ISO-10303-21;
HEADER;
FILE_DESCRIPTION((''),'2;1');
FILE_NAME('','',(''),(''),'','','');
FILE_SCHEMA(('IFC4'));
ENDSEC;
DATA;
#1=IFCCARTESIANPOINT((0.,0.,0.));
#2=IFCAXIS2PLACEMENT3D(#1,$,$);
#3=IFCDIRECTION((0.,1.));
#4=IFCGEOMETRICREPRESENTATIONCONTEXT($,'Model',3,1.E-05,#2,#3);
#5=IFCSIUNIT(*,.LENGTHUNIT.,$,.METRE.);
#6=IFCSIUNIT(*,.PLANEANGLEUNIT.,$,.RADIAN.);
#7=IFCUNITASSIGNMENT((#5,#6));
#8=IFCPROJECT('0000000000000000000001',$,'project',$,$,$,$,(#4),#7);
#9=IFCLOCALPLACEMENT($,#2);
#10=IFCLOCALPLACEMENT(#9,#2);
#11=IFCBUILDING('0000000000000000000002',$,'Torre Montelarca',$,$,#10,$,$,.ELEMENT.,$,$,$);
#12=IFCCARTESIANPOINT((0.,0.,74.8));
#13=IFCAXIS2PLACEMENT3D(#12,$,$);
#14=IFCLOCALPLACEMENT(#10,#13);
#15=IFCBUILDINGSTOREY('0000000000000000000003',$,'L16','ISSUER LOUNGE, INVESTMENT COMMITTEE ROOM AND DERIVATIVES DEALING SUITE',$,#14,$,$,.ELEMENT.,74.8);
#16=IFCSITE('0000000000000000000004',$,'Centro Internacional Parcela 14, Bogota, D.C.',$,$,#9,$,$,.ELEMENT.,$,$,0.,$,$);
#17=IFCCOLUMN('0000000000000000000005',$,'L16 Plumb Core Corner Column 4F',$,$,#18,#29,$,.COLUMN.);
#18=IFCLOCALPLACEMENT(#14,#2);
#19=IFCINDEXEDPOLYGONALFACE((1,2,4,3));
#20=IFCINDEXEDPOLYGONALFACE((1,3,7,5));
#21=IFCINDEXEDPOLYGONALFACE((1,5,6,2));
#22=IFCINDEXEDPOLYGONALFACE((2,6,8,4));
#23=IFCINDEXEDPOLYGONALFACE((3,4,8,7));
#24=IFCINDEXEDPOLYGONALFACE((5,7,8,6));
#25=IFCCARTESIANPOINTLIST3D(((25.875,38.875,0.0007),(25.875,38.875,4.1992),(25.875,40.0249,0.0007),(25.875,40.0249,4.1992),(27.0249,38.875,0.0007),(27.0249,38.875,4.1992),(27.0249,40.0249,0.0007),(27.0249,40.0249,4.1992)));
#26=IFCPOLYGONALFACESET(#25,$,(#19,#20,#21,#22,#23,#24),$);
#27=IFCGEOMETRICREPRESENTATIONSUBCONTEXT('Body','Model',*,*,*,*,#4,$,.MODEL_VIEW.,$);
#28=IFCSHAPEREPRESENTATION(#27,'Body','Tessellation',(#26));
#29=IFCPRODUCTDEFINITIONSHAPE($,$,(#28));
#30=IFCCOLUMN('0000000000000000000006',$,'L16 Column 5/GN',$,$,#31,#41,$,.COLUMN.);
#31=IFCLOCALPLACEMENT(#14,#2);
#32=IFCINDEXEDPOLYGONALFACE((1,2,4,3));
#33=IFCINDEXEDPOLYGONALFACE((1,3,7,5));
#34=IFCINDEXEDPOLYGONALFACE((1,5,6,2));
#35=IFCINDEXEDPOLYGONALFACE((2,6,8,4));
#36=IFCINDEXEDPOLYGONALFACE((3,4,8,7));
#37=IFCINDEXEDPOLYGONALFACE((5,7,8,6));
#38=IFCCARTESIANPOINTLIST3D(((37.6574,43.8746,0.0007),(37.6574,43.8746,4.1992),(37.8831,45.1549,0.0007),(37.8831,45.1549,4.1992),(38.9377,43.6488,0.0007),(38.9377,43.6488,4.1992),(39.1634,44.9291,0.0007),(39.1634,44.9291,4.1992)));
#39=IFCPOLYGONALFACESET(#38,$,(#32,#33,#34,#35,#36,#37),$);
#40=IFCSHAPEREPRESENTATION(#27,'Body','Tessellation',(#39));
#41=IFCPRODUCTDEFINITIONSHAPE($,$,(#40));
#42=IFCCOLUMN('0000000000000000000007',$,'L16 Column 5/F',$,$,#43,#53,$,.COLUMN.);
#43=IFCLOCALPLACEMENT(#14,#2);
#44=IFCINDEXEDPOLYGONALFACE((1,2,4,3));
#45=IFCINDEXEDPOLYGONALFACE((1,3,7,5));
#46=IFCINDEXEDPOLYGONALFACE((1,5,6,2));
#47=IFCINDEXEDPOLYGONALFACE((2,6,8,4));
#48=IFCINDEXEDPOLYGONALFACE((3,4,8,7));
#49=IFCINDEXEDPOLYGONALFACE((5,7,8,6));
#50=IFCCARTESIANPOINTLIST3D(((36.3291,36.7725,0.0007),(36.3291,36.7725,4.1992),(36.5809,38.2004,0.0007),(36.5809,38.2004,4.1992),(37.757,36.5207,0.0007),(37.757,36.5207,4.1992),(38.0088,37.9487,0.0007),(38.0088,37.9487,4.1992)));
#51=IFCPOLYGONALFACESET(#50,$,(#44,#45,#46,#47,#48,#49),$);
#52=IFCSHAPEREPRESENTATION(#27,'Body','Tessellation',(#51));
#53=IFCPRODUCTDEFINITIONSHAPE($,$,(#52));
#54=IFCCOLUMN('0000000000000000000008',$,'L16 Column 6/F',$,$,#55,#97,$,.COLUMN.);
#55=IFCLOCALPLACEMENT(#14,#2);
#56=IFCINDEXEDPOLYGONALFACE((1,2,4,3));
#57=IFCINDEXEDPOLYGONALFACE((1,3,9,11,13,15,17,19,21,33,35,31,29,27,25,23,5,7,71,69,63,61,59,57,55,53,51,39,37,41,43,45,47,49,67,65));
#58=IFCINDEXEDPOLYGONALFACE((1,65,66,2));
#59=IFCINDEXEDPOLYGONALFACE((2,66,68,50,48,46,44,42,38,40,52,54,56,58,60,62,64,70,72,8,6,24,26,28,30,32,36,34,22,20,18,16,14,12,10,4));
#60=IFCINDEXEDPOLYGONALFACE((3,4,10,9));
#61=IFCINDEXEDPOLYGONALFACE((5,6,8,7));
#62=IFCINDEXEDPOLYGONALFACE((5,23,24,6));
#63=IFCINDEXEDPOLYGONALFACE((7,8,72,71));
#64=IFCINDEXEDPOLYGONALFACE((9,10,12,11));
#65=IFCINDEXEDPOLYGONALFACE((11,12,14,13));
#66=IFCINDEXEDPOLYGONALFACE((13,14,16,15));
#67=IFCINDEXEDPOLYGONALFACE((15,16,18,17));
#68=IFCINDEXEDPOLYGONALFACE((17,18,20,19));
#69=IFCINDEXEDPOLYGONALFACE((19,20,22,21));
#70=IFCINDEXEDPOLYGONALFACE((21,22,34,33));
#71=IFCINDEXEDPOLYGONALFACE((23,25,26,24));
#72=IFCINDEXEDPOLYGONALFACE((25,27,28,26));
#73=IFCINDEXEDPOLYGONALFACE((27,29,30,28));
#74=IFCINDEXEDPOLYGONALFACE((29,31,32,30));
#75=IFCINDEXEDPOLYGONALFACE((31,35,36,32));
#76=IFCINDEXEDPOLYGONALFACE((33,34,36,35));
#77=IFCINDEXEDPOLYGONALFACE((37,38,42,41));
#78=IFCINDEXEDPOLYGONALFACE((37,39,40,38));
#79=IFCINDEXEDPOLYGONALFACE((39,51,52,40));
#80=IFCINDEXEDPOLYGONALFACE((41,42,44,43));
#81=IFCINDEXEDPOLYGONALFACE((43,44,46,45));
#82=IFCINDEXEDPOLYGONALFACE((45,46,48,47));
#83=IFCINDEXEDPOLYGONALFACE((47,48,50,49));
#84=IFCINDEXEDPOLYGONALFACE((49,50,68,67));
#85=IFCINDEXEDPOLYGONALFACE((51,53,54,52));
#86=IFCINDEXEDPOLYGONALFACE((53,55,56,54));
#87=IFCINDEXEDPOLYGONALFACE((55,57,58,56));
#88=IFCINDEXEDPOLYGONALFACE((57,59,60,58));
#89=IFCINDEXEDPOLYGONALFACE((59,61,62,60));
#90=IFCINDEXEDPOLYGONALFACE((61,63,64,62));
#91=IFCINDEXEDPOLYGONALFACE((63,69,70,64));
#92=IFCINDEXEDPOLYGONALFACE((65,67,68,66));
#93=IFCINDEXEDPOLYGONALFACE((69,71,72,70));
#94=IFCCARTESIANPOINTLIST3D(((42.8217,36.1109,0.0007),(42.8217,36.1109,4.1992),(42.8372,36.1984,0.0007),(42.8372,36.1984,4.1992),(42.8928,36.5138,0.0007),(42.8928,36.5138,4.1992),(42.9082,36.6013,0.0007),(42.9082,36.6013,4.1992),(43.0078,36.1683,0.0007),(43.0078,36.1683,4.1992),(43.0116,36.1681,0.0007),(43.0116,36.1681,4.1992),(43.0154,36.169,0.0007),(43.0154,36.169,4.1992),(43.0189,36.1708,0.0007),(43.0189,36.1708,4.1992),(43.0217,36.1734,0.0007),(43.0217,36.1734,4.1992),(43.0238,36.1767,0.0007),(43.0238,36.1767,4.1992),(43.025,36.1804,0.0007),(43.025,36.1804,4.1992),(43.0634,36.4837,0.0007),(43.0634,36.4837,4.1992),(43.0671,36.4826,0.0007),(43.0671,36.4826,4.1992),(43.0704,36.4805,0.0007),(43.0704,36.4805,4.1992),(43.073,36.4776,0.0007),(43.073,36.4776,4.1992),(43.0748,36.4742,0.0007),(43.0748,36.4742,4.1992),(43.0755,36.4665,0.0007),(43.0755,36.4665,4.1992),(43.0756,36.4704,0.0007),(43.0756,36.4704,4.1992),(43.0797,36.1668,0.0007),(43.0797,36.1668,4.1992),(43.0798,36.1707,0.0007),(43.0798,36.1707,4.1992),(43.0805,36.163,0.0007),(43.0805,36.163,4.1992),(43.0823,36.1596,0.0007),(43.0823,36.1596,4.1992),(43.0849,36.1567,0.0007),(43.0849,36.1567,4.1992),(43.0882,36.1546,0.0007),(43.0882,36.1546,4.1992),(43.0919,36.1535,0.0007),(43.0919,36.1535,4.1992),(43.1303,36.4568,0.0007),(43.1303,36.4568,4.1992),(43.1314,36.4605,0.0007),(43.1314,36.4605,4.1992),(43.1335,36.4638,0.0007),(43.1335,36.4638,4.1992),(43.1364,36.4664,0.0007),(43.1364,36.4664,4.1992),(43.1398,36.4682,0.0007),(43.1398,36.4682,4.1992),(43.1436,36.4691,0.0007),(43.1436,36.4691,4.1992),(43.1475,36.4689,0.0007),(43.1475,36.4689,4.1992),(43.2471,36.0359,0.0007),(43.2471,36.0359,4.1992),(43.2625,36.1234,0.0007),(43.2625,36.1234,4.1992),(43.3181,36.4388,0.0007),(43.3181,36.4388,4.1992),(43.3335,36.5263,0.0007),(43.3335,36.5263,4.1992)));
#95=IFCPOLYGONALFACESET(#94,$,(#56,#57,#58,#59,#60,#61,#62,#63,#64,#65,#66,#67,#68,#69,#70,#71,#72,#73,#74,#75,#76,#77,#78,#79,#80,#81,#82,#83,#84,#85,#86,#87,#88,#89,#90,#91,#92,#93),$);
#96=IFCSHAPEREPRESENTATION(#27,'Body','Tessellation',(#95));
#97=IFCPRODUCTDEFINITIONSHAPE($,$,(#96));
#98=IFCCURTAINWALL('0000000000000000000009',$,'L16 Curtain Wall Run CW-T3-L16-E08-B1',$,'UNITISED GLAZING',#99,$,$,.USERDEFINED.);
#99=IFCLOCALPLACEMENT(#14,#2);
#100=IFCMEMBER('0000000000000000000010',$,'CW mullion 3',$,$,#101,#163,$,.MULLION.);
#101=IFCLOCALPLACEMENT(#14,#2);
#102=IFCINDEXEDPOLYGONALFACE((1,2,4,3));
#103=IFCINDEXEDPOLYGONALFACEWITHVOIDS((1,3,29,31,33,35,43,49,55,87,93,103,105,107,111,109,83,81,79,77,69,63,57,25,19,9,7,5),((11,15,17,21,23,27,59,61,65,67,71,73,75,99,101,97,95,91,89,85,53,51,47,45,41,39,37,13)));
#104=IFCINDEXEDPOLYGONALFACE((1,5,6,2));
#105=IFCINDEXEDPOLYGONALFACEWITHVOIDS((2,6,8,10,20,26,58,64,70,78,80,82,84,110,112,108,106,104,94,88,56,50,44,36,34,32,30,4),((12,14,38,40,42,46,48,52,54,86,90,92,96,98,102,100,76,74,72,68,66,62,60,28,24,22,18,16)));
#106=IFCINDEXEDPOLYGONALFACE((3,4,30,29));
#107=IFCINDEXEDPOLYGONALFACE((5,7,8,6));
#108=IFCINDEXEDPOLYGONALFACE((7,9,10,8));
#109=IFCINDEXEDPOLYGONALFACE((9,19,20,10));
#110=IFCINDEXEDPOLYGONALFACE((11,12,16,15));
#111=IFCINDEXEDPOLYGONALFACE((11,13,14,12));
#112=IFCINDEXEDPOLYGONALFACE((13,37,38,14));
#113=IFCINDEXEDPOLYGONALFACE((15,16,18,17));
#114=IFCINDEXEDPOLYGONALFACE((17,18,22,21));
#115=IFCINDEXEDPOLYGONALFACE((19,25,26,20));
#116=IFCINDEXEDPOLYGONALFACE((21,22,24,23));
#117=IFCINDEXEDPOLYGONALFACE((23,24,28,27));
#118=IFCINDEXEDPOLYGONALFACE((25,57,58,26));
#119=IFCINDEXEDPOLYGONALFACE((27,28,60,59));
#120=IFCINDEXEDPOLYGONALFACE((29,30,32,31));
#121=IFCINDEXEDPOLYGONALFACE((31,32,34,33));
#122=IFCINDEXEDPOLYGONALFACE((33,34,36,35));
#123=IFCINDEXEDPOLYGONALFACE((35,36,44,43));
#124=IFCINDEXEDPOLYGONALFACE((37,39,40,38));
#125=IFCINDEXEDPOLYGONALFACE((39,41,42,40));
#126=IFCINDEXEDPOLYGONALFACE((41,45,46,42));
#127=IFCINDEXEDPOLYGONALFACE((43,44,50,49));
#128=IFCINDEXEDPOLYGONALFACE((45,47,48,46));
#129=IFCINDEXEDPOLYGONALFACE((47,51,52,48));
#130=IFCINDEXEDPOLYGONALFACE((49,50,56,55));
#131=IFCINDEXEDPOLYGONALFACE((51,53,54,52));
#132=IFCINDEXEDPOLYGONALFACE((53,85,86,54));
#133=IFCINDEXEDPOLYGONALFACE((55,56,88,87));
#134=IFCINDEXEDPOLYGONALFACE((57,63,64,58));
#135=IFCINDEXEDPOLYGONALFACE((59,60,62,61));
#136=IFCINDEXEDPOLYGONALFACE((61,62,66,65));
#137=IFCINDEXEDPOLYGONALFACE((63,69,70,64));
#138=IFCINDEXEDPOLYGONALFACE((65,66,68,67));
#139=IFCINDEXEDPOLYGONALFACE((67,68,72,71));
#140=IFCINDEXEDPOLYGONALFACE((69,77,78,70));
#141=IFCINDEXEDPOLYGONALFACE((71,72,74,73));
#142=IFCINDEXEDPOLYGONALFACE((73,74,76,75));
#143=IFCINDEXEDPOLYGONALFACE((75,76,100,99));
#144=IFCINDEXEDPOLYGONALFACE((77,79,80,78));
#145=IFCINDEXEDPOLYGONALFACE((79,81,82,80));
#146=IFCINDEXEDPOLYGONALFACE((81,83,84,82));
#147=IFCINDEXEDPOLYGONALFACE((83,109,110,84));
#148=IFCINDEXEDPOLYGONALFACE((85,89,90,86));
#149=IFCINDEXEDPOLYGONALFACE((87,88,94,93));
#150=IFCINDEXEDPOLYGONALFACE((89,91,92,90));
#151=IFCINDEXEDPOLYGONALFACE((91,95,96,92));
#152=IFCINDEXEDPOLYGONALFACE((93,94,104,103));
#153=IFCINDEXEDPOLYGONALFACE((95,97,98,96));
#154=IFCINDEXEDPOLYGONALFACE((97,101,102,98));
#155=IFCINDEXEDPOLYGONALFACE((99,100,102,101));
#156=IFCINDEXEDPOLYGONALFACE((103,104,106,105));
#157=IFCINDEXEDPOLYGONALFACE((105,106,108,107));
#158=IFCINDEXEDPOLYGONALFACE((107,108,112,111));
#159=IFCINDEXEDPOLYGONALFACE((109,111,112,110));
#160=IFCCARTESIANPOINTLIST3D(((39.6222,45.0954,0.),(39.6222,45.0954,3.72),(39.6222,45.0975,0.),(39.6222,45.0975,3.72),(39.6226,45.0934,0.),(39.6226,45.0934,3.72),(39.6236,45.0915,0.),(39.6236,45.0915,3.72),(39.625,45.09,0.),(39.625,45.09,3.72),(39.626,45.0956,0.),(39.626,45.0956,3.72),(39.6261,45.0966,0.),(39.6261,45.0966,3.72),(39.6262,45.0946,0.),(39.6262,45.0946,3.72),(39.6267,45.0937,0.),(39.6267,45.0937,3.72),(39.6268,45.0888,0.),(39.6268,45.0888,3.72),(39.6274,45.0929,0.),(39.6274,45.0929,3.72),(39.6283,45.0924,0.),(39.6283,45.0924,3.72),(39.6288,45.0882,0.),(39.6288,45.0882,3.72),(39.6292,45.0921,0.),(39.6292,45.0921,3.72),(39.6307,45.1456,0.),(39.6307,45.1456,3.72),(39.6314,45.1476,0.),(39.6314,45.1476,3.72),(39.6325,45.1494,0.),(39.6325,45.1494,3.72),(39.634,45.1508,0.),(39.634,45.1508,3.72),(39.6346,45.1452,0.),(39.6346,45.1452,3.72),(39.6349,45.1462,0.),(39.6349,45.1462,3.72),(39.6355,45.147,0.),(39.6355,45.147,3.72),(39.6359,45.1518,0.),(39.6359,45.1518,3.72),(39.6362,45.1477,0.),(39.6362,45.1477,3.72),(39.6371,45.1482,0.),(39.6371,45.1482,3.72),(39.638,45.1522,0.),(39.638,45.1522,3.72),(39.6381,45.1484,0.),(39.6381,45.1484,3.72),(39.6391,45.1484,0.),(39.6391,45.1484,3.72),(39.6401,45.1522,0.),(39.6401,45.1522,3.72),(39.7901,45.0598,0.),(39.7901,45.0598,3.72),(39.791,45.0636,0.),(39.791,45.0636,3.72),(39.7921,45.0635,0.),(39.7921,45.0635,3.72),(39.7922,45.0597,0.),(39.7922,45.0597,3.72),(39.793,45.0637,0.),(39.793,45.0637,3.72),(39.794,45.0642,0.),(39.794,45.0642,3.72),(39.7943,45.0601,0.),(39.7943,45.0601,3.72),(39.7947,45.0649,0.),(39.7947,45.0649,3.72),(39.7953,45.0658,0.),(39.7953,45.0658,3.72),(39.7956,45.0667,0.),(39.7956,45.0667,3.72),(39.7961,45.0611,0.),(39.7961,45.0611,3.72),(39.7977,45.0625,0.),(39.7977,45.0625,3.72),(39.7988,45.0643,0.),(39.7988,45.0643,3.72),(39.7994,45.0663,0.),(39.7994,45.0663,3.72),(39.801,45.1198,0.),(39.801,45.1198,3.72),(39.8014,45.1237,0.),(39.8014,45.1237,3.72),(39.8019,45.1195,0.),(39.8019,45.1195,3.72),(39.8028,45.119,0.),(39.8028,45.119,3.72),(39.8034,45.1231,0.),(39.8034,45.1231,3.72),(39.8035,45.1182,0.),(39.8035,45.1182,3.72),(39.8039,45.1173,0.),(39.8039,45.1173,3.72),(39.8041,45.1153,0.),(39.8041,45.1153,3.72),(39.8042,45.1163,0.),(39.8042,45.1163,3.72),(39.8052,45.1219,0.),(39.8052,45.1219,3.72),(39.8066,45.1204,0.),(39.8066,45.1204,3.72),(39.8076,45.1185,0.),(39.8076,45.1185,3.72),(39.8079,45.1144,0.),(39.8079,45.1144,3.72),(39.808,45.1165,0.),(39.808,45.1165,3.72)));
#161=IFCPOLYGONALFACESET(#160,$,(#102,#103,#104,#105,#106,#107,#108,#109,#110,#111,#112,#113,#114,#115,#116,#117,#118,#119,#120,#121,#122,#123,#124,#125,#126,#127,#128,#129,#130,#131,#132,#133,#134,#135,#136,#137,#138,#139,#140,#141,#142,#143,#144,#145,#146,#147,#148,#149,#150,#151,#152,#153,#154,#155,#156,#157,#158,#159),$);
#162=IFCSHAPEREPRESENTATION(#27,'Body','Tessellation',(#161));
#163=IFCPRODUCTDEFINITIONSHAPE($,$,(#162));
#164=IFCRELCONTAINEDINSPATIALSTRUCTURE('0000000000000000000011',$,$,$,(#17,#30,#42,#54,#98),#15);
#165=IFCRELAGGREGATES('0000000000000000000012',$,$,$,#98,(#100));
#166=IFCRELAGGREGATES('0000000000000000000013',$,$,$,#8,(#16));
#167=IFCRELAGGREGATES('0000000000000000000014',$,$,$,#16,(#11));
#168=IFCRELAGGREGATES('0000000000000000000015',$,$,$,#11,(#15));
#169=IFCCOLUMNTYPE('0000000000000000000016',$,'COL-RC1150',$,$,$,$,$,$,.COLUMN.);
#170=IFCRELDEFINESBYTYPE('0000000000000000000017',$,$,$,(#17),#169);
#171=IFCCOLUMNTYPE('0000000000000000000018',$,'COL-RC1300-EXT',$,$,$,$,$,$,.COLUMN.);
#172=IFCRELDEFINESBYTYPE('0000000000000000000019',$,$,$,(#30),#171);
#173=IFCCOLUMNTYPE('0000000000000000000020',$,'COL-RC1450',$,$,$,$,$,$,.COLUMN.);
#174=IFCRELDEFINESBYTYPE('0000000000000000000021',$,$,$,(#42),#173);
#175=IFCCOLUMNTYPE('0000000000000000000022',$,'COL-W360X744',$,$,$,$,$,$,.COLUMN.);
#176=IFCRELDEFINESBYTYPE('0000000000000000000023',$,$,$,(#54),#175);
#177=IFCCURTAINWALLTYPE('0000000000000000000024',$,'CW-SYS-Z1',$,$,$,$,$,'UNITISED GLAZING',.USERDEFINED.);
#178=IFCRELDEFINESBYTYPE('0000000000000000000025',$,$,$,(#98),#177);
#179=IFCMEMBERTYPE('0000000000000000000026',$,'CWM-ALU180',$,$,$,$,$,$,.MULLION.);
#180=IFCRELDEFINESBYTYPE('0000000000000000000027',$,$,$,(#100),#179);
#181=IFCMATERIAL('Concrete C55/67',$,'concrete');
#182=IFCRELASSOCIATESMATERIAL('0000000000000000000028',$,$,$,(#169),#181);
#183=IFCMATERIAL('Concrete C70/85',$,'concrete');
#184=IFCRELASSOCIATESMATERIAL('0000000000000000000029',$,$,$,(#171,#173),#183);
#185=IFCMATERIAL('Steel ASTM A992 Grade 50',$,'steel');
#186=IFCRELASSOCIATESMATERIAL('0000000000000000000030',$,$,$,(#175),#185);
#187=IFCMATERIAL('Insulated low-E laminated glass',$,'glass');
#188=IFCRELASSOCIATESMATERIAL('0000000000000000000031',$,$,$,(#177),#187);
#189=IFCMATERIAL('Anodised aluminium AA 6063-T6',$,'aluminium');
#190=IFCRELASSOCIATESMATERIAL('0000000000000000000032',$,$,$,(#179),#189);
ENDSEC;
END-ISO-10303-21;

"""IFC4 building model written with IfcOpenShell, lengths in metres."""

from ifc_helpers import new_model, si_unit, direction, frame, origin, origin_2d, place, context, subcontext, project, spatial, rectangle, hollow_rectangle, i_section, extrude, source, transform, mapped, material, material_profile, profile_set, type_object, element, aggregate, save


model = new_model("IFC4")

# Units and contexts
model_context = context("Model", 3, precision=1e-05, world=origin(), true_north=direction((0.0, 1.0)))
body_context = subcontext(model_context, "Body", "Model", "MODEL_VIEW")
ifc_project = project(units=[si_unit("LENGTHUNIT", "METRE"), si_unit("PLANEANGLEUNIT", "RADIAN")], contexts=[model_context])

# Site, building, storey
site_placement = place(None, origin())
site = spatial("IfcSite", under=ifc_project, at=site_placement, Name="Centro Internacional Parcela 14, Bogota, D.C.", CompositionType="ELEMENT", RefElevation=0.0)
building_placement = place(site_placement, origin())
building = spatial("IfcBuilding", under=site, at=building_placement, Name="Torre Montelarca", CompositionType="ELEMENT")
storey_placement = place(building_placement, frame((0.0, 0.0, 74.8)))
storey = spatial("IfcBuildingStorey", under=building, at=storey_placement, Name="L16", Description="ISSUER LOUNGE, INVESTMENT COMMITTEE ROOM AND DERIVATIVES DEALING SUITE", CompositionType="ELEMENT", Elevation=74.8)

# Columns
ifc_material_1 = material(Name="Concrete C55/67", Category="concrete")
ifc_material_profile_1 = material_profile(ifc_material_1, rectangle(XDim=1.1499, YDim=1.1499, at=origin_2d()), Name="RC1150X1150", Category="concrete")
ifc_profile_set_1 = profile_set([ifc_material_profile_1], Name="Concrete C55/67")
column_type_1 = type_object("IfcColumnType", Name="COL-RC1150", PredefinedType="COLUMN", material=ifc_profile_set_1)
shared_shape_1 = source(origin(), body_context, "Body", "SweptSolid", [
    extrude(rectangle(XDim=1.1499, YDim=1.1499, at=origin_2d()), origin(), (0.0, 0.0, 1.0), 4.1985),
])
column_1_placement = place(storey_placement, frame((26.45, 39.45, 0.0007), z_axis=(0.0, 0.0, 1.0), x_axis=(1.0, 0.0, 0.0)))
element("IfcColumn", 1, at=column_1_placement, inside=storey, type_object=column_type_1, Name="L16 Plumb Core Corner Column 4F", PredefinedType="COLUMN", context=body_context, shape_type="MappedRepresentation", body=[
    mapped(shared_shape_1, transform((0.0, 0.0, 0.0), scale=1.0)),
])
ifc_material_2 = material(Name="Concrete C70/85", Category="concrete")
ifc_material_profile_2 = material_profile(ifc_material_2, rectangle(XDim=1.3, YDim=1.3, at=origin_2d()), Name="RC1300X1300", Category="concrete")
ifc_profile_set_2 = profile_set([ifc_material_profile_2], Name="Concrete C70/85")
column_type_2 = type_object("IfcColumnType", Name="COL-RC1300-EXT", PredefinedType="COLUMN", material=ifc_profile_set_2)
shared_shape_2 = source(origin(), body_context, "Body", "SweptSolid", [
    extrude(rectangle(XDim=1.3, YDim=1.3, at=origin_2d()), origin(), (0.0, 0.0, 1.0), 4.1985),
])
column_2_placement = place(storey_placement, frame((38.4104, 44.4019, 0.0007), z_axis=(0.0, 0.0, 1.0), x_axis=(-0.984808, 0.173648, 0.0)))
element("IfcColumn", 2, at=column_2_placement, inside=storey, type_object=column_type_2, Name="L16 Column 5/GN", PredefinedType="COLUMN", context=body_context, shape_type="MappedRepresentation", body=[
    mapped(shared_shape_2, transform((0.0, 0.0, 0.0), scale=1.0)),
])
ifc_material_profile_3 = material_profile(ifc_material_2, rectangle(XDim=1.45, YDim=1.45, at=origin_2d()), Name="RC1450X1450", Category="concrete")
ifc_profile_set_3 = profile_set([ifc_material_profile_3], Name="Concrete C70/85")
column_type_3 = type_object("IfcColumnType", Name="COL-RC1450", PredefinedType="COLUMN", material=ifc_profile_set_3)
shared_shape_3 = source(origin(), body_context, "Body", "SweptSolid", [
    extrude(rectangle(XDim=1.45, YDim=1.45, at=origin_2d()), origin(), (0.0, 0.0, 1.0), 4.1985),
])
column_3_placement = place(storey_placement, frame((37.1689, 37.3606, 0.0007), z_axis=(0.0, 0.0, 1.0), x_axis=(-0.984808, 0.173648, 0.0)))
element("IfcColumn", 3, at=column_3_placement, inside=storey, type_object=column_type_3, Name="L16 Column 5/F", PredefinedType="COLUMN", context=body_context, shape_type="MappedRepresentation", body=[
    mapped(shared_shape_3, transform((0.0, 0.0, 0.0), scale=1.0)),
])
ifc_material_3 = material(Name="Steel ASTM A992 Grade 50", Category="steel")
ifc_material_profile_4 = material_profile(ifc_material_3, i_section(OverallWidth=0.4319, OverallDepth=0.498, WebThickness=0.0557, FlangeThickness=0.0889, FilletRadius=0.0149, at=origin_2d()), Name="W360X744", Category="steel")
ifc_profile_set_4 = profile_set([ifc_material_profile_4], Name="Steel ASTM A992 Grade 50")
column_type_4 = type_object("IfcColumnType", Name="COL-W360X744", PredefinedType="COLUMN", material=ifc_profile_set_4)
shared_shape_4 = source(origin(), body_context, "Body", "SweptSolid", [
    extrude(i_section(OverallWidth=0.4319, OverallDepth=0.498, WebThickness=0.0557, FlangeThickness=0.0889, FilletRadius=0.0149, at=origin_2d()), origin(), (0.0, 0.0, 1.0), 4.1985),
])
column_4_placement = place(storey_placement, frame((43.0776, 36.3186, 0.0007), z_axis=(0.0, 0.0, 1.0), x_axis=(-0.984808, 0.173648, 0.0)))
element("IfcColumn", 4, at=column_4_placement, inside=storey, type_object=column_type_4, Name="L16 Column 6/F", PredefinedType="COLUMN", context=body_context, shape_type="MappedRepresentation", body=[
    mapped(shared_shape_4, transform((0.0, 0.0, 0.0), scale=1.0)),
])

# Curtain wall, member
ifc_material_4 = material(Name="Insulated low-E laminated glass", Category="glass")
curtain_wall_type = type_object("IfcCurtainWallType", Name="CW-SYS-Z1", ElementType="UNITISED GLAZING", PredefinedType="USERDEFINED", material=ifc_material_4)
curtain_wall_1_placement = place(storey_placement, origin())
curtain_wall_1 = element("IfcCurtainWall", 5, at=curtain_wall_1_placement, inside=storey, type_object=curtain_wall_type, Name="L16 Curtain Wall Run CW-T3-L16-E08-B1", ObjectType="UNITISED GLAZING", PredefinedType="USERDEFINED")
ifc_material_5 = material(Name="Anodised aluminium AA 6063-T6", Category="aluminium")
ifc_material_profile_5 = material_profile(ifc_material_5, hollow_rectangle(XDim=0.0649, YDim=0.1799, WallThickness=0.0039, InnerFilletRadius=0.0039, OuterFilletRadius=0.0081, at=origin_2d()), Name="ALU65X180X4", Category="aluminium")
ifc_profile_set_5 = profile_set([ifc_material_profile_5], Name="Anodised aluminium AA 6063-T6")
member_type = type_object("IfcMemberType", Name="CWM-ALU180", PredefinedType="MULLION", material=ifc_profile_set_5)
shared_shape_5 = source(origin(), body_context, "Body", "SweptSolid", [
    extrude(hollow_rectangle(XDim=0.0649, YDim=0.1799, WallThickness=0.0039, InnerFilletRadius=0.0039, OuterFilletRadius=0.0081, at=origin_2d()), origin(), (0.0, 0.0, 1.0), 3.72),
])
member_1_placement = place(storey_placement, frame((39.7151, 45.106, 0.0), z_axis=(0.0, 0.0, 1.0), x_axis=(-0.173643, -0.984809, 0.0)))
member_1 = element("IfcMember", 6, at=member_1_placement, type_object=member_type, Name="CW mullion 3", PredefinedType="MULLION", context=body_context, shape_type="MappedRepresentation", body=[
    mapped(shared_shape_5, transform((0.0, 0.0, 0.0), scale=1.0)),
])
aggregate(curtain_wall_1, [member_1])

save(model, "model.ifc")
